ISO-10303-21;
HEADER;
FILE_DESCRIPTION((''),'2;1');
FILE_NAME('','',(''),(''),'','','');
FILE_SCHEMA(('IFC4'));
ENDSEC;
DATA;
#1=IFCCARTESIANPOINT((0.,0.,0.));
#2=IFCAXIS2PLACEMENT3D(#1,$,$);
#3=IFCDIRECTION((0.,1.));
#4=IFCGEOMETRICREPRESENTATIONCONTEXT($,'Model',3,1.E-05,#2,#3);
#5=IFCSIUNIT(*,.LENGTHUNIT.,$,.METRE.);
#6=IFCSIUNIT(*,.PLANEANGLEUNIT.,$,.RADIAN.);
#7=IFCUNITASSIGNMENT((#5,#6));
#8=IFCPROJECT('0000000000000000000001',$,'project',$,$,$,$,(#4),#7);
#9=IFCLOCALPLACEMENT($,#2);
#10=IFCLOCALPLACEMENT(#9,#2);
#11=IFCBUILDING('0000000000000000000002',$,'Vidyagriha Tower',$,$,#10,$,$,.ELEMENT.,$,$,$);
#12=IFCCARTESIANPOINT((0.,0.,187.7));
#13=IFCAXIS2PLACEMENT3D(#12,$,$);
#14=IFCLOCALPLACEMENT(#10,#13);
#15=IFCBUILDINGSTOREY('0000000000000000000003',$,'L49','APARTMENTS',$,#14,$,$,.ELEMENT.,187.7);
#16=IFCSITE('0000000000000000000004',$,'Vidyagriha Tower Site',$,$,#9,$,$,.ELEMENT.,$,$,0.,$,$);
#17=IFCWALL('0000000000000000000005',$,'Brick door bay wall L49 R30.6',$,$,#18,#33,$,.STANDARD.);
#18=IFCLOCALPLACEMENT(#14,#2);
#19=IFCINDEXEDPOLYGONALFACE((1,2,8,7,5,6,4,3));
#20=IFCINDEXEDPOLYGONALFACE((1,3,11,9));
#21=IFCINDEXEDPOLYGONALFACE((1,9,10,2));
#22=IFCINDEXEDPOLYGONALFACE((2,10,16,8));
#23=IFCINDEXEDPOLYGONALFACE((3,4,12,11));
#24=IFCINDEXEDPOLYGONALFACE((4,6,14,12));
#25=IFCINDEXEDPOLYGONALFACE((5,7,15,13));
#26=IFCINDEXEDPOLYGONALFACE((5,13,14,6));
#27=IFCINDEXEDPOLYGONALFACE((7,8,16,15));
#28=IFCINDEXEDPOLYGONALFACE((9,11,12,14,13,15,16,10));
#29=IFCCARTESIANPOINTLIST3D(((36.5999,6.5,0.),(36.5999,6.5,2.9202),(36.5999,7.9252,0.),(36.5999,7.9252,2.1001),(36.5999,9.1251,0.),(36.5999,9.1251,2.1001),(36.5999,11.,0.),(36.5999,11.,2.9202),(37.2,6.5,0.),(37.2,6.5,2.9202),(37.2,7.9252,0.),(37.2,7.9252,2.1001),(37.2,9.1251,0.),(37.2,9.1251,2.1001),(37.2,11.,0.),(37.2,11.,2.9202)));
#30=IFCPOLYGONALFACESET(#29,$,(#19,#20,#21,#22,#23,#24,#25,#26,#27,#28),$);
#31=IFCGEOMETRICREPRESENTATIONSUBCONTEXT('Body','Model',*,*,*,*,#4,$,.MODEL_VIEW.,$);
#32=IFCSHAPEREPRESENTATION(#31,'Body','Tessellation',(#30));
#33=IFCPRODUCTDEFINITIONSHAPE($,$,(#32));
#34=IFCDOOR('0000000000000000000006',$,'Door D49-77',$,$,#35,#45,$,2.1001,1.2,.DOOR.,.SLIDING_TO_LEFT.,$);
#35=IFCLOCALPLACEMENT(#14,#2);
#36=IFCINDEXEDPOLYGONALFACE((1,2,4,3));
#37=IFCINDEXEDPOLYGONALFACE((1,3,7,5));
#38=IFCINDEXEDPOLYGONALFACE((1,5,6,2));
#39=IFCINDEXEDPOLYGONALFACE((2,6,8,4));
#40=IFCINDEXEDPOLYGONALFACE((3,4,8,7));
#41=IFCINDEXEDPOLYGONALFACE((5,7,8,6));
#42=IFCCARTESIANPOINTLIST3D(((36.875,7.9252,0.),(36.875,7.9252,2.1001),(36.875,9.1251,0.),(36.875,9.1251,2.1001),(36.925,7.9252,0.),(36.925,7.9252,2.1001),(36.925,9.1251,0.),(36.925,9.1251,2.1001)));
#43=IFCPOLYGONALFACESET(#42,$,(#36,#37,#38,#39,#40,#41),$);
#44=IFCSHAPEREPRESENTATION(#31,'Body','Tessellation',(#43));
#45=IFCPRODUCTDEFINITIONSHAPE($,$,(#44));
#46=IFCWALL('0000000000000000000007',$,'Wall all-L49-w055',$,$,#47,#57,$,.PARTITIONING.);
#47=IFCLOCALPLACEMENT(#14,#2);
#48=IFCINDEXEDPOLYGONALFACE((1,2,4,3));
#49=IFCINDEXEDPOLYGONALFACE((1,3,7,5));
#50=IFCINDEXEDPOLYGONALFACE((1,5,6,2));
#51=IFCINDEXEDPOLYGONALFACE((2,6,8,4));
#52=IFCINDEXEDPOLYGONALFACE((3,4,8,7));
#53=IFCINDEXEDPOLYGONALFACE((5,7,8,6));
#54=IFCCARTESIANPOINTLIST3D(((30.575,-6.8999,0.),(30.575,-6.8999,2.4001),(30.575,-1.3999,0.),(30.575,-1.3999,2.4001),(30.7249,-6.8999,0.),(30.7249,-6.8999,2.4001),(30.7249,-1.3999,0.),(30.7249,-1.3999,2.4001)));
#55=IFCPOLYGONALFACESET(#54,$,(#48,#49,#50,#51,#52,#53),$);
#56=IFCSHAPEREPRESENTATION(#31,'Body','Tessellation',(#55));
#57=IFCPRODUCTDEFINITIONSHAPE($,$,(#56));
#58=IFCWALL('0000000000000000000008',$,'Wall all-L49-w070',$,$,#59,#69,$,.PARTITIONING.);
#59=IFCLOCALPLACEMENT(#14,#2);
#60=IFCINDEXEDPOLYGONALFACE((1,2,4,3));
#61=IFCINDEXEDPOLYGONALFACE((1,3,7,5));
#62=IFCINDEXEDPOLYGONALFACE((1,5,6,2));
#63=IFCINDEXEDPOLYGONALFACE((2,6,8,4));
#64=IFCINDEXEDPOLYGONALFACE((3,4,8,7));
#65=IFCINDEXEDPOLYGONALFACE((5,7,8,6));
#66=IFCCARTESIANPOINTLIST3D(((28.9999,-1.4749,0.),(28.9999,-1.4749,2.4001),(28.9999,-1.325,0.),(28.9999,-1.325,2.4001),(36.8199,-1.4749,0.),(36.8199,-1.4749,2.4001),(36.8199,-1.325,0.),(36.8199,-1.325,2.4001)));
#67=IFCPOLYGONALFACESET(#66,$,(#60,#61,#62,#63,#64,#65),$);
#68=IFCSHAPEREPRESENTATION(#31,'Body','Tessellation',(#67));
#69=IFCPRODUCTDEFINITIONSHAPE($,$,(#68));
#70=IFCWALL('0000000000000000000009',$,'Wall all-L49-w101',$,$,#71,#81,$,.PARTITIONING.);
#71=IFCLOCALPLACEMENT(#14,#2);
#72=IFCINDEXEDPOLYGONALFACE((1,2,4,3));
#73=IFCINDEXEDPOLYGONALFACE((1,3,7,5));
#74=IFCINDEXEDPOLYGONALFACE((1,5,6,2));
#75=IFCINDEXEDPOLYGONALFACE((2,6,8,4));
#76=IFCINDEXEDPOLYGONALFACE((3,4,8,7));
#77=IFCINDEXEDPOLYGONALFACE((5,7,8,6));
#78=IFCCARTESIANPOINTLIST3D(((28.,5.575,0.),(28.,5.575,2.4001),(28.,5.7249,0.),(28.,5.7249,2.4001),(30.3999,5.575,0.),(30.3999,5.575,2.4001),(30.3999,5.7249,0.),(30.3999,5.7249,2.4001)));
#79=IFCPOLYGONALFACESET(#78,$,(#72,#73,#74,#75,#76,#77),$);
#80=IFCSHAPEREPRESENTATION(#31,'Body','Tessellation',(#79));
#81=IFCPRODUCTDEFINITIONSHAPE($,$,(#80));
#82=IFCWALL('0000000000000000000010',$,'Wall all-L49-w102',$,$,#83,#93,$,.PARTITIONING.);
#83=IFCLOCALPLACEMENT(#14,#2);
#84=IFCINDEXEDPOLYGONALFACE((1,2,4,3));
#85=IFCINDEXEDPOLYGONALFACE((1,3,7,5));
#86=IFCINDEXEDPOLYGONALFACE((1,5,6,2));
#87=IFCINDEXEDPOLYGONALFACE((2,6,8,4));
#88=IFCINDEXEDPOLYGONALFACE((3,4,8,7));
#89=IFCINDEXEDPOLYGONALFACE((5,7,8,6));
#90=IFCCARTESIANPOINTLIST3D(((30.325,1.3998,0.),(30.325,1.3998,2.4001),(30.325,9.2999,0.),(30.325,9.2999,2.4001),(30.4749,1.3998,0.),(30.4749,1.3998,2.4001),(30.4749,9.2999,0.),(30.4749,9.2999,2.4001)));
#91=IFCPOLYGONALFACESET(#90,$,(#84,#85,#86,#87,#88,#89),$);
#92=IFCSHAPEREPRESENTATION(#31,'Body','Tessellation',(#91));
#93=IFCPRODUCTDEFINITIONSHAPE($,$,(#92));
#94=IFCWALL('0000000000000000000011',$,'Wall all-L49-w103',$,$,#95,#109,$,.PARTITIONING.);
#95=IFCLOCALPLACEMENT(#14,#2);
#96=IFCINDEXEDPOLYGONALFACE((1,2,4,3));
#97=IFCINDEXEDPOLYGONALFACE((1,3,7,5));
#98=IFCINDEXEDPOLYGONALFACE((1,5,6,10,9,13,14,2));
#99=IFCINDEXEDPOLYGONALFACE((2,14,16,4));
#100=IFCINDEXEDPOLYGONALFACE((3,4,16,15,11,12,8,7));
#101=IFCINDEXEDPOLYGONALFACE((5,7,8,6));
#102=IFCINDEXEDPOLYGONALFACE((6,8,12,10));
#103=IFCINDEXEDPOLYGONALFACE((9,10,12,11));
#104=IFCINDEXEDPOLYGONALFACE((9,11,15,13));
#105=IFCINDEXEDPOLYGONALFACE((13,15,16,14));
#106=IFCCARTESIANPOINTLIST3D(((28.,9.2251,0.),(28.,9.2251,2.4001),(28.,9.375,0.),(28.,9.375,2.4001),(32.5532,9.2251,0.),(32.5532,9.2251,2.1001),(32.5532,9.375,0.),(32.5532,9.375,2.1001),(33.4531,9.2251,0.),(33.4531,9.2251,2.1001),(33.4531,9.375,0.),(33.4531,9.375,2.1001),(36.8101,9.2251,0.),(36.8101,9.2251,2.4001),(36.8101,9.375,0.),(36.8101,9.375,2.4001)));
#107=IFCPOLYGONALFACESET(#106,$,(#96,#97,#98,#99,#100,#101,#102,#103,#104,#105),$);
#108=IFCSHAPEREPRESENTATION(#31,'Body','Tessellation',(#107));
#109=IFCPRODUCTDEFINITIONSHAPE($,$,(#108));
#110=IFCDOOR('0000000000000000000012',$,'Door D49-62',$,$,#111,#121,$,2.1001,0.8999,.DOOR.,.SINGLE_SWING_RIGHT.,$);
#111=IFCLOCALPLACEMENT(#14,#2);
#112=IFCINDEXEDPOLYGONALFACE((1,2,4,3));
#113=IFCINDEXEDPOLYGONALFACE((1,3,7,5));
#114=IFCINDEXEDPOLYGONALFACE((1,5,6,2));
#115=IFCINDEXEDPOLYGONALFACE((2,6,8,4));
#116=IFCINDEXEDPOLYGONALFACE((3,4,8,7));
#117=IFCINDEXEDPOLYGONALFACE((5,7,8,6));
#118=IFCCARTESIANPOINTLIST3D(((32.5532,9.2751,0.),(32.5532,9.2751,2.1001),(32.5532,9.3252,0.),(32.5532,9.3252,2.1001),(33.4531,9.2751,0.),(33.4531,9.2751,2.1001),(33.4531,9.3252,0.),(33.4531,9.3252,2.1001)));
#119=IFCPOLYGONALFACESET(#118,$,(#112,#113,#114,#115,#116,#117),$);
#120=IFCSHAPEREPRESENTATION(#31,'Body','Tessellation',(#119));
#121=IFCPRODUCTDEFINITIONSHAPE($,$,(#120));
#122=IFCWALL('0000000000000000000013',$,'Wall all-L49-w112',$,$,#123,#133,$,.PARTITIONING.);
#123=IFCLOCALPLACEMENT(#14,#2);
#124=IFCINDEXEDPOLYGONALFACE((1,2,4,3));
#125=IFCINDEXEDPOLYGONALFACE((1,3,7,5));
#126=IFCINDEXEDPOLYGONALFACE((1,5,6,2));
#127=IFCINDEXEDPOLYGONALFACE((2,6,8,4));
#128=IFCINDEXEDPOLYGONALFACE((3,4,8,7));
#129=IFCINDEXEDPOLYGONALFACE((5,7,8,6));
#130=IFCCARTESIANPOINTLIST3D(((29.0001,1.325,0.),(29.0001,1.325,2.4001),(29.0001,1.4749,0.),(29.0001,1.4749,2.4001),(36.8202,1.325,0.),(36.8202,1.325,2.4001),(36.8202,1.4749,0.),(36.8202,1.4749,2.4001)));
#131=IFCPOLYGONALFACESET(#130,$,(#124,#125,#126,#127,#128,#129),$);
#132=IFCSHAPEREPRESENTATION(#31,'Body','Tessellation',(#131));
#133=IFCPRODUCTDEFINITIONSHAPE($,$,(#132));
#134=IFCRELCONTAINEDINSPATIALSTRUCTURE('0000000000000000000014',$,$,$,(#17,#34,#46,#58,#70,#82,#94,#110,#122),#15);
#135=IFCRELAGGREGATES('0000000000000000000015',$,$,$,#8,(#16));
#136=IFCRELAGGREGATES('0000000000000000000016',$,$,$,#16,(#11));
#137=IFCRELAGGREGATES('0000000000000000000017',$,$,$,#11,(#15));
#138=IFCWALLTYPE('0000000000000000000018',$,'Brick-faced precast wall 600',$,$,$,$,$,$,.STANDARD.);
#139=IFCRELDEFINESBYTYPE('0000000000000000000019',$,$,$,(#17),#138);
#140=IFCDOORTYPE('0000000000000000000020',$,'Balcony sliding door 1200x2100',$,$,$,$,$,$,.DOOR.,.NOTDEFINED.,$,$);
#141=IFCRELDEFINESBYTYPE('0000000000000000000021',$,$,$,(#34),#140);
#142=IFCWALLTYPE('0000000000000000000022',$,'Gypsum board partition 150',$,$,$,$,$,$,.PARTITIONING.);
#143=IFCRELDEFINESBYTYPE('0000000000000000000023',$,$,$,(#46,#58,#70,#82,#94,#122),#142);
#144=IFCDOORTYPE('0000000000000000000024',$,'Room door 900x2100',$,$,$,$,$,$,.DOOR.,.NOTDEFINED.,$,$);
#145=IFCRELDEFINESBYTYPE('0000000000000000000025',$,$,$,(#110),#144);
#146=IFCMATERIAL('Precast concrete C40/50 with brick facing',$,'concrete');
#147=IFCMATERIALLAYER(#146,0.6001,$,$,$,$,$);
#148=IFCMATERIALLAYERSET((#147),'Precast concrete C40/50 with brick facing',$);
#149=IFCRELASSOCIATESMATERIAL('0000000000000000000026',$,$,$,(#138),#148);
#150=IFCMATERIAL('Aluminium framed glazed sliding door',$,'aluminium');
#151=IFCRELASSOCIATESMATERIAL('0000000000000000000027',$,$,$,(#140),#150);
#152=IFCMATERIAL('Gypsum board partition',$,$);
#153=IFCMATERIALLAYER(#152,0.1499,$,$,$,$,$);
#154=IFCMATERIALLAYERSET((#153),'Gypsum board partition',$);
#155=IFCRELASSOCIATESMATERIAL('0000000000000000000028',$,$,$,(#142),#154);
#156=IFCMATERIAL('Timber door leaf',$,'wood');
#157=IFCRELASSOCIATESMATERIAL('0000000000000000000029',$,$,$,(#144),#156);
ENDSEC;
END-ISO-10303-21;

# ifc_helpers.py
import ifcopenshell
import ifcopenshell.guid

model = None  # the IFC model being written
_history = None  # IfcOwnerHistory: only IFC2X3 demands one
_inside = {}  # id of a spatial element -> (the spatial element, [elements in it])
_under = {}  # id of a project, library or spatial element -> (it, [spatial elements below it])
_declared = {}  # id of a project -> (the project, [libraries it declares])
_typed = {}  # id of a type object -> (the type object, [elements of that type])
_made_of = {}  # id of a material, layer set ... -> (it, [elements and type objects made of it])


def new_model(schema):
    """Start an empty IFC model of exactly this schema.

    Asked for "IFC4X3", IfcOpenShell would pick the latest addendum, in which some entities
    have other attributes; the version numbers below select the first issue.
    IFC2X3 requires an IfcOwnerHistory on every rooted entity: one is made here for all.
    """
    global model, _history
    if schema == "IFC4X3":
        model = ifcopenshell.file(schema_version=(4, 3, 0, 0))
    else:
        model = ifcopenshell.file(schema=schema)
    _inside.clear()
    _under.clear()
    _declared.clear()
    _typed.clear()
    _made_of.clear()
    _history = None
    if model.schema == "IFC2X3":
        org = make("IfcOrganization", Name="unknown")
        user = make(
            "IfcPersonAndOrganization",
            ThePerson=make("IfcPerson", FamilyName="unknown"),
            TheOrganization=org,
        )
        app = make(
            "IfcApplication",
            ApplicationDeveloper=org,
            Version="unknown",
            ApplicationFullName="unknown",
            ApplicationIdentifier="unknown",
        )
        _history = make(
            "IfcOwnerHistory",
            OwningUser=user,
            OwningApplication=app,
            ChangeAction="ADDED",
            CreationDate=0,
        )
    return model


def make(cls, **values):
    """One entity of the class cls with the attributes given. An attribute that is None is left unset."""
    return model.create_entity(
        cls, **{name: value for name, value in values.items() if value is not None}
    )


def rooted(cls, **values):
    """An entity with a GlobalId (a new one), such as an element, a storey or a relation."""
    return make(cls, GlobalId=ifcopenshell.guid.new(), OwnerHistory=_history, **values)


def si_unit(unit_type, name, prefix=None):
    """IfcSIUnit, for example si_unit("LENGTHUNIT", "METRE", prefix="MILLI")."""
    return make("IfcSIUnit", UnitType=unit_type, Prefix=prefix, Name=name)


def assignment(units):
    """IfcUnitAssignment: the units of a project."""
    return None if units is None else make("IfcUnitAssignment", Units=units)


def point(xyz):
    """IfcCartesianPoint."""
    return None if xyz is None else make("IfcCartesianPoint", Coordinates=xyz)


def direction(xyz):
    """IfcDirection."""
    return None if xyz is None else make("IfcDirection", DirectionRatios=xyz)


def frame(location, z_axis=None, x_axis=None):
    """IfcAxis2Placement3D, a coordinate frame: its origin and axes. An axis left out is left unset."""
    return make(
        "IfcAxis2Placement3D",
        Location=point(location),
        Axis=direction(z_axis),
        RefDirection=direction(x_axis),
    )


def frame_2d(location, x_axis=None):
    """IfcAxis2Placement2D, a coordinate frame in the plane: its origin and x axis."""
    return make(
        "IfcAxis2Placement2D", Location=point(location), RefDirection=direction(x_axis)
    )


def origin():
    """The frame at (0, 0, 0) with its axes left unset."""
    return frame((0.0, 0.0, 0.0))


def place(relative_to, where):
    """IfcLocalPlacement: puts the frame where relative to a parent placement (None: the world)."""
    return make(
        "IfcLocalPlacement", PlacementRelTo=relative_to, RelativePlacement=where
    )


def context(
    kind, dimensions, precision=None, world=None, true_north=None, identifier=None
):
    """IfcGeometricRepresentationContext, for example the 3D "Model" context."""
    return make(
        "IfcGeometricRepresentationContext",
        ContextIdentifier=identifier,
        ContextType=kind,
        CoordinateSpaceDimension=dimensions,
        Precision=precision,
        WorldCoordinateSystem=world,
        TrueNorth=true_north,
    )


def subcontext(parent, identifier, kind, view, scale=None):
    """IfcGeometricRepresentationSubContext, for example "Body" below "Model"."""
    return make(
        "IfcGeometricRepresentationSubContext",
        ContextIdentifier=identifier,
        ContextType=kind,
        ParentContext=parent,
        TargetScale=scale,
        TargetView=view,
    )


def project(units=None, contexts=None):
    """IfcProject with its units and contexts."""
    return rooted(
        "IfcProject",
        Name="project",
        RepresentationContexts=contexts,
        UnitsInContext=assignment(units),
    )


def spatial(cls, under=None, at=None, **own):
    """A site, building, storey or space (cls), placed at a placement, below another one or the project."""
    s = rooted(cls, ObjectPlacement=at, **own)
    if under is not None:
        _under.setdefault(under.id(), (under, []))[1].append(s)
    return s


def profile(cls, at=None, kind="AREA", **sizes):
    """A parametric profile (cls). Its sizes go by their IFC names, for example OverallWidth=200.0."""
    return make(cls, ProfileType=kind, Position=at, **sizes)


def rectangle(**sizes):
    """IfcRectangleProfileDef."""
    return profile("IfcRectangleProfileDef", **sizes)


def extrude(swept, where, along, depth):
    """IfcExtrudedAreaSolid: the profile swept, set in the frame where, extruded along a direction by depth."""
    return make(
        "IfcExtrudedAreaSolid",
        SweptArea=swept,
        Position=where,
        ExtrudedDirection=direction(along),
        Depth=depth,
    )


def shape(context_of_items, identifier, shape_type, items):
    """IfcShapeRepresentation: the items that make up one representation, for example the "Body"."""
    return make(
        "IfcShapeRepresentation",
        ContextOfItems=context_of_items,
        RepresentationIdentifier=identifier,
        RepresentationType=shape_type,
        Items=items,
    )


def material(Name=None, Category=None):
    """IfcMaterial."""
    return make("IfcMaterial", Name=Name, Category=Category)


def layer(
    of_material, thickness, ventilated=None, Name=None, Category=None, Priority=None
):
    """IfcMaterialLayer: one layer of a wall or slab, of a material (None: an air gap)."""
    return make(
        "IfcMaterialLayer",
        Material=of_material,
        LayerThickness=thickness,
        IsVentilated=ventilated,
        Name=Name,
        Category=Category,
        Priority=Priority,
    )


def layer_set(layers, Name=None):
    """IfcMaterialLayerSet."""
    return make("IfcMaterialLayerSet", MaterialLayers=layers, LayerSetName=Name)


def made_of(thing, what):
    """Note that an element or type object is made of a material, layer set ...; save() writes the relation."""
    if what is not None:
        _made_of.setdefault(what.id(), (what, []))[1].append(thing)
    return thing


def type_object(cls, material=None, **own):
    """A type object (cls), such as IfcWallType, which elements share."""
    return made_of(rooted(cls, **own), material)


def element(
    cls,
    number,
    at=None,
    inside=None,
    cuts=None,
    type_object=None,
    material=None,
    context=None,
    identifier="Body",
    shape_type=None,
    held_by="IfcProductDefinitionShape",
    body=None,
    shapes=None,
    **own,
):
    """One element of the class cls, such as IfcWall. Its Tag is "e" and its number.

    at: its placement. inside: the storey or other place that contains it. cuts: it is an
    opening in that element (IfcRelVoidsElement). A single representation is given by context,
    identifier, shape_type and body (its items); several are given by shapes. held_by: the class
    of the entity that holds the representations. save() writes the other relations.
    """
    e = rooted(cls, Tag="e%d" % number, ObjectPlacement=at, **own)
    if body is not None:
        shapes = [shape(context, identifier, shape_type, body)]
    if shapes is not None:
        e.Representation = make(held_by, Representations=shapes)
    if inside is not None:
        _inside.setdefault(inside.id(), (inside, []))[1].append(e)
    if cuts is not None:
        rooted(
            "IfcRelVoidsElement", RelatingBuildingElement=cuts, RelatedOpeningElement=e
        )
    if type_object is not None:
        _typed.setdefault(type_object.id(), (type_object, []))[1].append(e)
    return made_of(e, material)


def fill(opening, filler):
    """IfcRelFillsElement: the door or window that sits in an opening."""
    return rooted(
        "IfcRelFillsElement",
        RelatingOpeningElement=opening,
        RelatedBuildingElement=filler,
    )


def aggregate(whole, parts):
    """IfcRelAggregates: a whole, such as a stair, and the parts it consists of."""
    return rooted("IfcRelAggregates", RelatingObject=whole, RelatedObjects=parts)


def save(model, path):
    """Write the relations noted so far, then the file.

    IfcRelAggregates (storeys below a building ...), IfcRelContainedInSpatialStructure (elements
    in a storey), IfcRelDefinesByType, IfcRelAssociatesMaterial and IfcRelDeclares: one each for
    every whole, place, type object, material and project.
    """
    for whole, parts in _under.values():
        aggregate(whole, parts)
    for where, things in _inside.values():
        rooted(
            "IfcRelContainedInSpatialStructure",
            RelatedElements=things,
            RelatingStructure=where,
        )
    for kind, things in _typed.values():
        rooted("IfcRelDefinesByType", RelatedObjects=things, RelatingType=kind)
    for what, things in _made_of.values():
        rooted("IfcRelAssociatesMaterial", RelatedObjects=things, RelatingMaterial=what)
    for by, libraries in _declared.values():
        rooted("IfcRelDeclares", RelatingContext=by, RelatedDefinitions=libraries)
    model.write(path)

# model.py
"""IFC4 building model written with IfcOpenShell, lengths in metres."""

from ifc_helpers import new_model, si_unit, direction, frame, frame_2d, origin, place, context, subcontext, project, spatial, rectangle, extrude, material, layer, layer_set, type_object, element, fill, save


model = new_model("IFC4")

# Units and contexts
model_context = context("Model", 3, precision=1e-05, world=origin(), true_north=direction((0.0, 1.0)))
body_context = subcontext(model_context, "Body", "Model", "MODEL_VIEW")
ifc_project = project(units=[si_unit("LENGTHUNIT", "METRE"), si_unit("PLANEANGLEUNIT", "RADIAN")], contexts=[model_context])

# Site, building, storey
site_placement = place(None, origin())
site = spatial("IfcSite", under=ifc_project, at=site_placement, Name="Vidyagriha Tower Site", CompositionType="ELEMENT", RefElevation=0.0)
building_placement = place(site_placement, origin())
building = spatial("IfcBuilding", under=site, at=building_placement, Name="Vidyagriha Tower", CompositionType="ELEMENT")
storey_placement = place(building_placement, frame((0.0, 0.0, 187.7)))
storey = spatial("IfcBuildingStorey", under=building, at=storey_placement, Name="L49", Description="APARTMENTS", CompositionType="ELEMENT", Elevation=187.7)

# Wall, opening, door
ifc_material_1 = material(Name="Precast concrete C40/50 with brick facing", Category="concrete")
ifc_layer_1 = layer(ifc_material_1, 0.6001)
ifc_layer_set_1 = layer_set([ifc_layer_1], Name="Precast concrete C40/50 with brick facing")
wall_type_1 = type_object("IfcWallType", Name="Brick-faced precast wall 600", PredefinedType="STANDARD", material=ifc_layer_set_1)
wall_1_placement = place(storey_placement, frame((36.8999, 6.5, 0.0), z_axis=(0.0, 0.0, 1.0), x_axis=(0.0, 1.0, 0.0)))
wall_1 = element("IfcWall", 1, at=wall_1_placement, inside=storey, type_object=wall_type_1, Name="Brick door bay wall L49 R30.6", PredefinedType="STANDARD", context=body_context, shape_type="SweptSolid", body=[
    extrude(rectangle(XDim=4.5, YDim=0.6001, at=frame_2d((2.25, 0.0))), origin(), (0.0, 0.0, 1.0), 2.9202),
])
opening_1_placement = place(wall_1_placement, frame((1.425, 0.0, 0.0)))
opening_1 = element("IfcOpeningElement", 2, at=opening_1_placement, cuts=wall_1, PredefinedType="OPENING", context=body_context, shape_type="SweptSolid", body=[
    extrude(rectangle(XDim=1.2, YDim=2.1001, at=frame_2d((0.6001, 1.05))), frame((0.0, 0.3101, 0.0), z_axis=(0.0, -1.0, 0.0), x_axis=(1.0, 0.0, 0.0)), (0.0, 0.0, 1.0), 0.6201),
])
ifc_material_2 = material(Name="Aluminium framed glazed sliding door", Category="aluminium")
door_type_1 = type_object("IfcDoorType", Name="Balcony sliding door 1200x2100", OperationType="NOTDEFINED", PredefinedType="DOOR", material=ifc_material_2)
door_1_placement = place(opening_1_placement, origin())
door_1 = element("IfcDoor", 3, at=door_1_placement, inside=storey, type_object=door_type_1, Name="Door D49-77", OperationType="SLIDING_TO_LEFT", OverallHeight=2.1001, OverallWidth=1.2, PredefinedType="DOOR", context=body_context, shape_type="SweptSolid", body=[
    extrude(rectangle(XDim=1.2, YDim=2.1001, at=frame_2d((0.6001, 1.05))), frame((0.0, 0.0249, 0.0), z_axis=(0.0, -1.0, 0.0), x_axis=(1.0, 0.0, 0.0)), (0.0, 0.0, 1.0), 0.05),
])
fill(opening_1, door_1)

# Walls
ifc_material_3 = material(Name="Gypsum board partition")
ifc_layer_2 = layer(ifc_material_3, 0.1499)
ifc_layer_set_2 = layer_set([ifc_layer_2], Name="Gypsum board partition")
wall_type_2 = type_object("IfcWallType", Name="Gypsum board partition 150", PredefinedType="PARTITIONING", material=ifc_layer_set_2)
wall_2_placement = place(storey_placement, frame((30.6499, -1.3999, 0.0), z_axis=(0.0, 0.0, 1.0), x_axis=(0.0, -1.0, 0.0)))
element("IfcWall", 4, at=wall_2_placement, inside=storey, type_object=wall_type_2, Name="Wall all-L49-w055", PredefinedType="PARTITIONING", context=body_context, shape_type="SweptSolid", body=[
    extrude(rectangle(XDim=5.5, YDim=0.1499, at=frame_2d((2.75, 0.0))), origin(), (0.0, 0.0, 1.0), 2.4001),
])
wall_3_placement = place(storey_placement, frame((36.8201, -1.3999, 0.0), z_axis=(0.0, 0.0, 1.0), x_axis=(-1.0, 0.0, 0.0)))
element("IfcWall", 5, at=wall_3_placement, inside=storey, type_object=wall_type_2, Name="Wall all-L49-w070", PredefinedType="PARTITIONING", context=body_context, shape_type="SweptSolid", body=[
    extrude(rectangle(XDim=7.8201, YDim=0.1499, at=frame_2d((3.9102, 0.0))), origin(), (0.0, 0.0, 1.0), 2.4001),
])
wall_4_placement = place(storey_placement, frame((28.0, 5.6499, 0.0)))
element("IfcWall", 6, at=wall_4_placement, inside=storey, type_object=wall_type_2, Name="Wall all-L49-w101", PredefinedType="PARTITIONING", context=body_context, shape_type="SweptSolid", body=[
    extrude(rectangle(XDim=2.3999, YDim=0.1499, at=frame_2d((1.2, 0.0))), origin(), (0.0, 0.0, 1.0), 2.4001),
])
wall_5_placement = place(storey_placement, frame((30.3999, 9.3, 0.0), z_axis=(0.0, 0.0, 1.0), x_axis=(0.0, -1.0, 0.0)))
element("IfcWall", 7, at=wall_5_placement, inside=storey, type_object=wall_type_2, Name="Wall all-L49-w102", PredefinedType="PARTITIONING", context=body_context, shape_type="SweptSolid", body=[
    extrude(rectangle(XDim=7.9001, YDim=0.1499, at=frame_2d((3.9502, 0.0))), origin(), (0.0, 0.0, 1.0), 2.4001),
])

# Wall, opening, door
wall_6_placement = place(storey_placement, frame((36.8101, 9.3, 0.0), z_axis=(0.0, 0.0, 1.0), x_axis=(-1.0, 0.0, 0.0)))
wall_6 = element("IfcWall", 8, at=wall_6_placement, inside=storey, type_object=wall_type_2, Name="Wall all-L49-w103", PredefinedType="PARTITIONING", context=body_context, shape_type="SweptSolid", body=[
    extrude(rectangle(XDim=8.8101, YDim=0.1499, at=frame_2d((4.405, 0.0))), origin(), (0.0, 0.0, 1.0), 2.4001),
])
opening_2_placement = place(wall_6_placement, frame((3.3569, 0.0, 0.0)))
opening_2 = element("IfcOpeningElement", 9, at=opening_2_placement, cuts=wall_6, PredefinedType="OPENING", context=body_context, shape_type="SweptSolid", body=[
    extrude(rectangle(XDim=0.8999, YDim=2.1001, at=frame_2d((0.45, 1.05))), frame((0.0, 0.085, 0.0), z_axis=(0.0, -1.0, 0.0), x_axis=(1.0, 0.0, 0.0)), (0.0, 0.0, 1.0), 0.1699),
])
ifc_material_4 = material(Name="Timber door leaf", Category="wood")
door_type_2 = type_object("IfcDoorType", Name="Room door 900x2100", OperationType="NOTDEFINED", PredefinedType="DOOR", material=ifc_material_4)
door_2_placement = place(opening_2_placement, origin())
door_2 = element("IfcDoor", 10, at=door_2_placement, inside=storey, type_object=door_type_2, Name="Door D49-62", OperationType="SINGLE_SWING_RIGHT", OverallHeight=2.1001, OverallWidth=0.8999, PredefinedType="DOOR", context=body_context, shape_type="SweptSolid", body=[
    extrude(rectangle(XDim=0.8999, YDim=2.1001, at=frame_2d((0.45, 1.05))), frame((0.0, 0.0249, 0.0), z_axis=(0.0, -1.0, 0.0), x_axis=(1.0, 0.0, 0.0)), (0.0, 0.0, 1.0), 0.05),
])
fill(opening_2, door_2)

# Wall
wall_7_placement = place(storey_placement, frame((29.0, 1.3999, 0.0)))
element("IfcWall", 11, at=wall_7_placement, inside=storey, type_object=wall_type_2, Name="Wall all-L49-w112", PredefinedType="PARTITIONING", context=body_context, shape_type="SweptSolid", body=[
    extrude(rectangle(XDim=7.8201, YDim=0.1499, at=frame_2d((3.9102, 0.0))), origin(), (0.0, 0.0, 1.0), 2.4001),
])

save(model, "model.ifc")
